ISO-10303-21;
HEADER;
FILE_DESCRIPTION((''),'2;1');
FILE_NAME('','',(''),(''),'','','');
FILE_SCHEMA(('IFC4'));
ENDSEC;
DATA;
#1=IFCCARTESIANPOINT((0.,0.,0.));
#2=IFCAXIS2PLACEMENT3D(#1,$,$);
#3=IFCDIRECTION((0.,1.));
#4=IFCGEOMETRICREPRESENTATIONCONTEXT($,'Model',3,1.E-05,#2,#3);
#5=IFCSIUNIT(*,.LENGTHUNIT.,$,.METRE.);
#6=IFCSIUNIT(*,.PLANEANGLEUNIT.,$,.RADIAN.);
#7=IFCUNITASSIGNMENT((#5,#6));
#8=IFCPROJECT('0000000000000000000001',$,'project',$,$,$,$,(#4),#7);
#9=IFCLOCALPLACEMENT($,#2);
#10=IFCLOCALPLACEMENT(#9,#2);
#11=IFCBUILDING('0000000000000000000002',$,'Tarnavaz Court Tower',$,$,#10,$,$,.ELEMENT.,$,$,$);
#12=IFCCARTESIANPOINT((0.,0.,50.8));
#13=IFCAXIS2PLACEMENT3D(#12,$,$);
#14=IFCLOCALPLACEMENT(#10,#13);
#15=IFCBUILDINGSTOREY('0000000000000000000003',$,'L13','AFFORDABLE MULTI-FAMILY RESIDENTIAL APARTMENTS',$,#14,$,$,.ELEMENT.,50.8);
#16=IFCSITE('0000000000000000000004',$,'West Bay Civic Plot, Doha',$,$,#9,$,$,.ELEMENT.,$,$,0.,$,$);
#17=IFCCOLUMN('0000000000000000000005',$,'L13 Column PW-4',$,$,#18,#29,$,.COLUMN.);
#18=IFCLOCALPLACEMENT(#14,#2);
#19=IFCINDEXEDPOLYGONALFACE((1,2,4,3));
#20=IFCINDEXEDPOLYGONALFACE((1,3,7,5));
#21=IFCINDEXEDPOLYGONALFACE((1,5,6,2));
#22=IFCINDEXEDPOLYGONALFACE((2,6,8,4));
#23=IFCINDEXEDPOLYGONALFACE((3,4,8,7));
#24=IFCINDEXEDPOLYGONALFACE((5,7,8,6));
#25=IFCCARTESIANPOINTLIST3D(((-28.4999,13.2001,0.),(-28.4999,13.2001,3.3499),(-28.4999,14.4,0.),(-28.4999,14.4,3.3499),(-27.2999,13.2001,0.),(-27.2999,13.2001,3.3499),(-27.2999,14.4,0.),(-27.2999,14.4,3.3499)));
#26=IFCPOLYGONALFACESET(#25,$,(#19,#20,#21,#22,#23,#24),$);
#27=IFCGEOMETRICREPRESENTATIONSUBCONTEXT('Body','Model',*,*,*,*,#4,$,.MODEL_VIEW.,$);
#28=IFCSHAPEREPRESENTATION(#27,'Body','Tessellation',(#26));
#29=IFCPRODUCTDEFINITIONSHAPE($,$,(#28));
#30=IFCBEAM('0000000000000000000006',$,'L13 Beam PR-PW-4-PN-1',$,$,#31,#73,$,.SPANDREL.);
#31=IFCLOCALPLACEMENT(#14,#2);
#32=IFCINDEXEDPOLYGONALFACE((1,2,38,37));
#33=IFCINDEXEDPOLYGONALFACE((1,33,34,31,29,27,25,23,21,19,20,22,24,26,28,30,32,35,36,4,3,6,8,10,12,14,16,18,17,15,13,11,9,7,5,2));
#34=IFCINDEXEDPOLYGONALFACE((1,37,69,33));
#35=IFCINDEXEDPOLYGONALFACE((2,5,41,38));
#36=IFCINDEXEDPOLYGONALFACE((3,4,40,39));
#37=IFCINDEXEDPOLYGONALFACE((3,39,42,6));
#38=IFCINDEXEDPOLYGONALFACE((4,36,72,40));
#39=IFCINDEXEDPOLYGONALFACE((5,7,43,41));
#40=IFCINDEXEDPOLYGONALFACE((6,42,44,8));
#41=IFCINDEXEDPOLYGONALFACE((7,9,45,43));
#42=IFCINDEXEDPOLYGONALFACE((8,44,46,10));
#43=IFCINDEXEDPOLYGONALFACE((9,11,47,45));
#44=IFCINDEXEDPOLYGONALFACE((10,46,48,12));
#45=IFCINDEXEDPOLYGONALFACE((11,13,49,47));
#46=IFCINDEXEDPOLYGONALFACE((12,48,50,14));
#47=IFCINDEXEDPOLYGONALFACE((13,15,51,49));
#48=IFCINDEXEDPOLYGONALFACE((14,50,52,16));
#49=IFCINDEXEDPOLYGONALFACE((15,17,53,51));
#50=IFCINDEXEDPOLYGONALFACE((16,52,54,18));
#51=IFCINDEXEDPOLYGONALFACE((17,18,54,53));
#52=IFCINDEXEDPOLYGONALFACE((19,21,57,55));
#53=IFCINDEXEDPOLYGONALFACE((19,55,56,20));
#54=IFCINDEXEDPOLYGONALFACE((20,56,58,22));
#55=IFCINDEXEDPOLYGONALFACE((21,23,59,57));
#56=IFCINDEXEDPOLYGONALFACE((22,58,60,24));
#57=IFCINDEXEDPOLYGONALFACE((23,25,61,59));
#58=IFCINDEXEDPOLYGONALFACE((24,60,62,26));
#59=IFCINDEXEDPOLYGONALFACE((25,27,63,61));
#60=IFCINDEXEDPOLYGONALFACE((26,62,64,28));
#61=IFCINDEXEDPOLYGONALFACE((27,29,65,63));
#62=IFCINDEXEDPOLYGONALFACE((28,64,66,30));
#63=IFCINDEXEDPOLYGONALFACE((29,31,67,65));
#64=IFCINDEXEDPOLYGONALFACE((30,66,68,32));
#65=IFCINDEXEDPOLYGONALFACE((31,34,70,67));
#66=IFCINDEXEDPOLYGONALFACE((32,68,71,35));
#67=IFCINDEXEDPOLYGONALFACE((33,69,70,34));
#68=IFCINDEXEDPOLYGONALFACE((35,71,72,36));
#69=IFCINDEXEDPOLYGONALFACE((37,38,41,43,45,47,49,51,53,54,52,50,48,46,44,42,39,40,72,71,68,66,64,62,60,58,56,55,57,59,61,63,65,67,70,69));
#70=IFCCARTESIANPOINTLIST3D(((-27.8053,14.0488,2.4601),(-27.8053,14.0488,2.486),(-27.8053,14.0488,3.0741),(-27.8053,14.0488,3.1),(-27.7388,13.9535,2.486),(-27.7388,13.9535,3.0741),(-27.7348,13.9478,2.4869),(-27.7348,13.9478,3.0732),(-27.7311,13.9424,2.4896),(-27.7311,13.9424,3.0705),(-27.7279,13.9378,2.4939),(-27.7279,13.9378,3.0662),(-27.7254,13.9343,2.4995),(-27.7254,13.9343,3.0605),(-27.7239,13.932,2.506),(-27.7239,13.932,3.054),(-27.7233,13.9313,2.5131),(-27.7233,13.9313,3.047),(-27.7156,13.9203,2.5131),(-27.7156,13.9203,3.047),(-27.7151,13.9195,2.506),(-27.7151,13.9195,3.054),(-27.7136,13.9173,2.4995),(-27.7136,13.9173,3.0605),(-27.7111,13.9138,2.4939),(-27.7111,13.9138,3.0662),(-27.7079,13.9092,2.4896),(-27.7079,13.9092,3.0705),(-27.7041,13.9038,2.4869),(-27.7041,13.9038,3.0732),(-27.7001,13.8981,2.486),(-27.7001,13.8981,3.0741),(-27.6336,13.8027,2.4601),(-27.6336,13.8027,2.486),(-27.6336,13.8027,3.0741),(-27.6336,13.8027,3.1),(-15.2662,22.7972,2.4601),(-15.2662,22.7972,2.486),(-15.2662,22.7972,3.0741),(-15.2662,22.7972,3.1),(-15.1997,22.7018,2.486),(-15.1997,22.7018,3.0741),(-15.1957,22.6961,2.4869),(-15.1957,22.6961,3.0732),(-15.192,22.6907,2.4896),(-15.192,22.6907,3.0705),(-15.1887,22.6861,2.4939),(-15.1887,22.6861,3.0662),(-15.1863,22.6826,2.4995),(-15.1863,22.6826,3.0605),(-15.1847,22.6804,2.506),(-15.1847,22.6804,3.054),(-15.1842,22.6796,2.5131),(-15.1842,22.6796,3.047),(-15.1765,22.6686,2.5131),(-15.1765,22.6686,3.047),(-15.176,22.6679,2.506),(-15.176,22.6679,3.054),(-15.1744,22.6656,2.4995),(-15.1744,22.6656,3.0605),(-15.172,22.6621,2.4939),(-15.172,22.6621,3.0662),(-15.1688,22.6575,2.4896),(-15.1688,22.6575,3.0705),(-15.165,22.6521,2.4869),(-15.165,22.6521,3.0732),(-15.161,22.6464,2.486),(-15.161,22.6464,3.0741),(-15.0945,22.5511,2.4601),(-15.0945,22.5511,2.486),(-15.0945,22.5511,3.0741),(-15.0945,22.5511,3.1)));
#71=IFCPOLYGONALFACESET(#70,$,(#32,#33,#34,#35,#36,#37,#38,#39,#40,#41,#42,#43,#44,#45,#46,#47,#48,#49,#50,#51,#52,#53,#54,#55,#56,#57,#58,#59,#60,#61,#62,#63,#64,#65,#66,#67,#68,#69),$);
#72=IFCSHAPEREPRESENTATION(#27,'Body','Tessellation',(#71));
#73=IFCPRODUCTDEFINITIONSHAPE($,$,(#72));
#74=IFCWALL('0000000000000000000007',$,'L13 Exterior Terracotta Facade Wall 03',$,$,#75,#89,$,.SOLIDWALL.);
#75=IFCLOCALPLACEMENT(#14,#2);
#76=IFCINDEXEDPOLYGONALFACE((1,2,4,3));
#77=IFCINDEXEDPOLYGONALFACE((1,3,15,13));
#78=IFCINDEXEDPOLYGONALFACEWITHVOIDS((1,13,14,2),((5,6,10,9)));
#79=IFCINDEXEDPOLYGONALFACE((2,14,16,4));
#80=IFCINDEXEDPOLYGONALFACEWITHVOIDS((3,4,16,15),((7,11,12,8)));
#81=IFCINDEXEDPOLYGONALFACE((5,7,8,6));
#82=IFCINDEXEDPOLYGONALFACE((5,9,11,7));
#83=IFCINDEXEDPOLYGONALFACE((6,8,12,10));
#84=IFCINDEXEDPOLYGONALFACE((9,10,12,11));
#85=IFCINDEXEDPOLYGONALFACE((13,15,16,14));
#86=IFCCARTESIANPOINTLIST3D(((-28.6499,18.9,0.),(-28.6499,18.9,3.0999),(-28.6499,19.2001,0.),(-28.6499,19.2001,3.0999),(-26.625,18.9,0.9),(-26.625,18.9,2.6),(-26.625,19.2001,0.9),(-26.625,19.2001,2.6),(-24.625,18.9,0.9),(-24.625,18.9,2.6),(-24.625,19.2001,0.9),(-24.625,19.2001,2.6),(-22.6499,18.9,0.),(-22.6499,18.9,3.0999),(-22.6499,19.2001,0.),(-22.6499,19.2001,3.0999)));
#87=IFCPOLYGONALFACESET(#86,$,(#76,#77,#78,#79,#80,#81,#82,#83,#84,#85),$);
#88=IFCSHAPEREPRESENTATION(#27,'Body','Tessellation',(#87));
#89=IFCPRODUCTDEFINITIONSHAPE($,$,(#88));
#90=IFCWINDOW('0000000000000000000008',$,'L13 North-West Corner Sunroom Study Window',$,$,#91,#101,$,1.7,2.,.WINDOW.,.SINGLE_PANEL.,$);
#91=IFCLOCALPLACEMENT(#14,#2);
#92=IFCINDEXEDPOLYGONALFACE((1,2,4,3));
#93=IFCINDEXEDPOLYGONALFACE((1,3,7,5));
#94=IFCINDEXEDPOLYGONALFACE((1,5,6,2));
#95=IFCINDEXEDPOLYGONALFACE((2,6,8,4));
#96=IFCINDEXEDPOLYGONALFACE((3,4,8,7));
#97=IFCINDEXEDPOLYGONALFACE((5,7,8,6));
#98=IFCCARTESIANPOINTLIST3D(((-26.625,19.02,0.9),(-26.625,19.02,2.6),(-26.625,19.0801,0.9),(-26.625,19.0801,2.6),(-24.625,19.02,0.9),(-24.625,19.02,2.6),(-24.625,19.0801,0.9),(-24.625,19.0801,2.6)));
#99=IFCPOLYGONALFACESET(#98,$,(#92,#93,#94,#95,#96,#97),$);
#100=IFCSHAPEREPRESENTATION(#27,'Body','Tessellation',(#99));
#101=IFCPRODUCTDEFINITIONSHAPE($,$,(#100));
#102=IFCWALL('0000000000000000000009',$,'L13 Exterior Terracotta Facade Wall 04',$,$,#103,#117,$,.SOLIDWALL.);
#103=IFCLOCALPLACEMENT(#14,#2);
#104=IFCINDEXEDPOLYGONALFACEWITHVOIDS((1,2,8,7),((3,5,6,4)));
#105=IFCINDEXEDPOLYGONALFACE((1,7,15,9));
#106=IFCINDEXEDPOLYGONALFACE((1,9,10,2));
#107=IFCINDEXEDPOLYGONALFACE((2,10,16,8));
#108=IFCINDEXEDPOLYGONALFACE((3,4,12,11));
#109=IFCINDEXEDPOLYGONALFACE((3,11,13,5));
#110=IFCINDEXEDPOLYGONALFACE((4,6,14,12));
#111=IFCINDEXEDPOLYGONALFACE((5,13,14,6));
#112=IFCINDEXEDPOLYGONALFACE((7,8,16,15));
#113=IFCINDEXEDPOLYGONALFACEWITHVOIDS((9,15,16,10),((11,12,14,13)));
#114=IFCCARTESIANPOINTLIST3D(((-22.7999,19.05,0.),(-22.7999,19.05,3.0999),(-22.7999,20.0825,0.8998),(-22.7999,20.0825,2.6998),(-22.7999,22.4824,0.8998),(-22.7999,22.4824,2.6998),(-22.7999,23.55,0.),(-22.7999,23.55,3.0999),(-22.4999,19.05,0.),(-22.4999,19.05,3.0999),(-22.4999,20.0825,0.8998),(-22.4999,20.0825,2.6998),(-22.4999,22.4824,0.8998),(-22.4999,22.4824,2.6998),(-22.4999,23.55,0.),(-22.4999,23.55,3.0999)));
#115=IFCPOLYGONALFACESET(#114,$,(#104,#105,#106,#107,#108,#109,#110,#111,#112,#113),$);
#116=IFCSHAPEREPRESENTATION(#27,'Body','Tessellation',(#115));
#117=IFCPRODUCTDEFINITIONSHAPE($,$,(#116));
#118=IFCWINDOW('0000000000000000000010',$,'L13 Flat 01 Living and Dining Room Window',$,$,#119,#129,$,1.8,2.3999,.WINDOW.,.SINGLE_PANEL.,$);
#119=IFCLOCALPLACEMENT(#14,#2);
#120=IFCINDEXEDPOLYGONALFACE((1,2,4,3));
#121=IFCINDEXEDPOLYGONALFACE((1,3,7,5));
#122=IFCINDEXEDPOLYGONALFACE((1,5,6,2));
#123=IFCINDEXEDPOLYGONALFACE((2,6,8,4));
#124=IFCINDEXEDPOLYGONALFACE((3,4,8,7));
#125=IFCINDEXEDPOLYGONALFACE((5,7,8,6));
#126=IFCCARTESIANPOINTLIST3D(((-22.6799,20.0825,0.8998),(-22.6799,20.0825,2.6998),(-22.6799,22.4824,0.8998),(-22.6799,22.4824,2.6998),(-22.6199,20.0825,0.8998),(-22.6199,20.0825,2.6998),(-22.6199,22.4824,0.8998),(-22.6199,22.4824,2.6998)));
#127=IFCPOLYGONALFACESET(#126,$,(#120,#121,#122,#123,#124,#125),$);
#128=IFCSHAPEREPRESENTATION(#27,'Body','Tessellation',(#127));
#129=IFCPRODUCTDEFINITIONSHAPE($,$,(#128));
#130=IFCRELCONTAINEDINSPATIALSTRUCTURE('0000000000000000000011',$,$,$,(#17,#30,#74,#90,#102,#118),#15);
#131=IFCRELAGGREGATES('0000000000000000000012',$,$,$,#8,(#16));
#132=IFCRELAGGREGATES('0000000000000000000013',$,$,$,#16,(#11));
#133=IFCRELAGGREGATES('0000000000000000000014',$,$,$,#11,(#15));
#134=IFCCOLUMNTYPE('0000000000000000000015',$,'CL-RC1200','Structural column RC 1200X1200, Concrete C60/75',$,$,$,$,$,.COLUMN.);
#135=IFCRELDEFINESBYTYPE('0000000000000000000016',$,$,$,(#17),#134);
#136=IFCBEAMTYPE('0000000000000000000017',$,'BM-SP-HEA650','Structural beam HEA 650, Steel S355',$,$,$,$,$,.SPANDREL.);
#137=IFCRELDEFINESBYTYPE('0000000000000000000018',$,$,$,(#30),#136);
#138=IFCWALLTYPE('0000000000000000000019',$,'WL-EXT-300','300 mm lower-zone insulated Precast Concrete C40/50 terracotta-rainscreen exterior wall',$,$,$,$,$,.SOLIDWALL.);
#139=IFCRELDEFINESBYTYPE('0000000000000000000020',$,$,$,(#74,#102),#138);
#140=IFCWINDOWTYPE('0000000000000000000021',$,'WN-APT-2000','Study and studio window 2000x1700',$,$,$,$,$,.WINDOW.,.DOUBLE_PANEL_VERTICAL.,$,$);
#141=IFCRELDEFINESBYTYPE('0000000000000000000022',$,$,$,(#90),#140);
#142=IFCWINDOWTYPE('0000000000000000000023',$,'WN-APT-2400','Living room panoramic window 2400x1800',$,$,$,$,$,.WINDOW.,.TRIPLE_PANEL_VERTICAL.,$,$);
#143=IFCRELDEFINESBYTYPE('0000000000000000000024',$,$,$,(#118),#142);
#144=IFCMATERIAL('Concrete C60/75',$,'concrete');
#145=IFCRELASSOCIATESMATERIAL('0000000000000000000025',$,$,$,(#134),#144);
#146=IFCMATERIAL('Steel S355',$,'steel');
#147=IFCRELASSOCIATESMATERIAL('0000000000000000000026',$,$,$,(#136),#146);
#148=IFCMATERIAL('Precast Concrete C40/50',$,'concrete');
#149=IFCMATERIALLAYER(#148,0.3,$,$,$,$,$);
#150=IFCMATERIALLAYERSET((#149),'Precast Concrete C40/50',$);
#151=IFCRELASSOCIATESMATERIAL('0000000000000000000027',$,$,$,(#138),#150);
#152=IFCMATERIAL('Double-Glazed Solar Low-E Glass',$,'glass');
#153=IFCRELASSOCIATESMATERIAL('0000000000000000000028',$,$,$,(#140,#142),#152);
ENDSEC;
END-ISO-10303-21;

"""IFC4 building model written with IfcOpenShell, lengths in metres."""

from ifc_helpers import new_model, si_unit, direction, frame, frame_2d, origin, origin_2d, place, context, subcontext, project, spatial, rectangle, i_section, extrude, material, layer, layer_set, material_profile, profile_set, type_object, element, fill, save


model = new_model("IFC4")

# Units and contexts
model_context = context("Model", 3, precision=1e-05, world=origin(), true_north=direction((0.0, 1.0)))
body_context = subcontext(model_context, "Body", "Model", "MODEL_VIEW")
ifc_project = project(units=[si_unit("LENGTHUNIT", "METRE"), si_unit("PLANEANGLEUNIT", "RADIAN")], contexts=[model_context])

# Site, building, storey
site_placement = place(None, origin())
site = spatial("IfcSite", under=ifc_project, at=site_placement, Name="West Bay Civic Plot, Doha", CompositionType="ELEMENT", RefElevation=0.0)
building_placement = place(site_placement, origin())
building = spatial("IfcBuilding", under=site, at=building_placement, Name="Tarnavaz Court Tower", CompositionType="ELEMENT")
storey_placement = place(building_placement, frame((0.0, 0.0, 50.8)))
storey = spatial("IfcBuildingStorey", under=building, at=storey_placement, Name="L13", Description="AFFORDABLE MULTI-FAMILY RESIDENTIAL APARTMENTS", CompositionType="ELEMENT", Elevation=50.8)

# Column
ifc_material_1 = material(Name="Concrete C60/75", Category="concrete")
ifc_material_profile_1 = material_profile(ifc_material_1, rectangle(XDim=1.2, YDim=1.2, at=origin_2d()), Name="RC 1200X1200")
ifc_profile_set_1 = profile_set([ifc_material_profile_1], Name="Concrete C60/75")
column_type = type_object("IfcColumnType", Name="CL-RC1200", Description="Structural column RC 1200X1200, Concrete C60/75", PredefinedType="COLUMN", material=ifc_profile_set_1)
column_placement = place(storey_placement, frame((-27.8999, 13.8, 0.0), z_axis=(0.0, 0.0, 1.0), x_axis=(1.0, 0.0, 0.0)))
element("IfcColumn", 1, at=column_placement, inside=storey, type_object=column_type, Name="L13 Column PW-4", PredefinedType="COLUMN", context=body_context, shape_type="SweptSolid", body=[
    extrude(rectangle(XDim=1.2, YDim=1.2, at=origin_2d()), origin(), (0.0, 0.0, 1.0), 3.3499),
])

# Beam
ifc_material_2 = material(Name="Steel S355", Category="steel")
ifc_material_profile_2 = material_profile(ifc_material_2, i_section(OverallWidth=0.3, OverallDepth=0.6399, WebThickness=0.0134, FlangeThickness=0.0259, FilletRadius=0.0271, at=origin_2d()), Name="HEA 650")
ifc_profile_set_2 = profile_set([ifc_material_profile_2], Name="Steel S355")
beam_type = type_object("IfcBeamType", Name="BM-SP-HEA650", Description="Structural beam HEA 650, Steel S355", PredefinedType="SPANDREL", material=ifc_profile_set_2)
beam_placement = place(storey_placement, frame((-27.7195, 13.9258, 2.78), z_axis=(0.820124, 0.572186, 0.0), x_axis=(-0.572186, 0.820124, 0.0)))
element("IfcBeam", 2, at=beam_placement, inside=storey, type_object=beam_type, Name="L13 Beam PR-PW-4-PN-1", PredefinedType="SPANDREL", context=body_context, shape_type="SweptSolid", body=[
    extrude(i_section(OverallWidth=0.3, OverallDepth=0.6399, WebThickness=0.0134, FlangeThickness=0.0259, FilletRadius=0.0271, at=origin_2d()), origin(), (0.0, 0.0, 1.0), 15.2893),
])

# Walls, openings, windows
ifc_material_3 = material(Name="Precast Concrete C40/50", Category="concrete")
ifc_layer_1 = layer(ifc_material_3, 0.3)
ifc_layer_set_1 = layer_set([ifc_layer_1], Name="Precast Concrete C40/50")
wall_type_1 = type_object("IfcWallType", Name="WL-EXT-300", Description="300 mm lower-zone insulated Precast Concrete C40/50 terracotta-rainscreen exterior wall", PredefinedType="SOLIDWALL", material=ifc_layer_set_1)
wall_1_placement = place(storey_placement, frame((-28.6499, 19.05, 0.0), z_axis=(0.0, 0.0, 1.0), x_axis=(1.0, 0.0, 0.0)))
wall_1 = element("IfcWall", 3, at=wall_1_placement, inside=storey, type_object=wall_type_1, Name="L13 Exterior Terracotta Facade Wall 03", PredefinedType="SOLIDWALL", context=body_context, shape_type="SweptSolid", body=[
    extrude(rectangle(XDim=6.0, YDim=0.3, at=frame_2d((3.0, 0.0))), origin(), (0.0, 0.0, 1.0), 3.0999),
])
opening_1_placement = place(wall_1_placement, frame((2.0249, 0.0, 0.8999)))
opening_1 = element("IfcOpeningElement", 4, at=opening_1_placement, cuts=wall_1, PredefinedType="OPENING", context=body_context, shape_type="SweptSolid", body=[
    extrude(rectangle(XDim=2.0, YDim=1.7, at=frame_2d((1.0, 0.8501))), frame((0.0, 0.1599, 0.0), z_axis=(0.0, -1.0, 0.0), x_axis=(1.0, 0.0, 0.0)), (0.0, 0.0, 1.0), 0.3201),
])
ifc_material_4 = material(Name="Double-Glazed Solar Low-E Glass", Category="glass")
window_type_1 = type_object("IfcWindowType", Name="WN-APT-2000", Description="Study and studio window 2000x1700", PartitioningType="DOUBLE_PANEL_VERTICAL", PredefinedType="WINDOW", material=ifc_material_4)
window_1_placement = place(opening_1_placement, origin())
window_1 = element("IfcWindow", 5, at=window_1_placement, inside=storey, type_object=window_type_1, Name="L13 North-West Corner Sunroom Study Window", OverallHeight=1.7, OverallWidth=2.0, PartitioningType="SINGLE_PANEL", PredefinedType="WINDOW", context=body_context, shape_type="SweptSolid", body=[
    extrude(rectangle(XDim=2.0, YDim=1.7, at=frame_2d((1.0, 0.8501))), frame((0.0, 0.03, 0.0), z_axis=(0.0, -1.0, 0.0), x_axis=(1.0, 0.0, 0.0)), (0.0, 0.0, 1.0), 0.0601),
])
fill(opening_1, window_1)
wall_2_placement = place(storey_placement, frame((-22.6499, 19.05, 0.0), z_axis=(0.0, 0.0, 1.0), x_axis=(0.0, 1.0, 0.0)))
wall_2 = element("IfcWall", 6, at=wall_2_placement, inside=storey, type_object=wall_type_1, Name="L13 Exterior Terracotta Facade Wall 04", PredefinedType="SOLIDWALL", context=body_context, shape_type="SweptSolid", body=[
    extrude(rectangle(XDim=4.5, YDim=0.3, at=frame_2d((2.25, 0.0))), origin(), (0.0, 0.0, 1.0), 3.0999),
])
opening_2_placement = place(wall_2_placement, frame((1.0325, 0.0, 0.8999)))
opening_2 = element("IfcOpeningElement", 7, at=opening_2_placement, cuts=wall_2, PredefinedType="OPENING", context=body_context, shape_type="SweptSolid", body=[
    extrude(rectangle(XDim=2.3999, YDim=1.8, at=frame_2d((1.2, 0.8999))), frame((0.0, 0.1599, 0.0), z_axis=(0.0, -1.0, 0.0), x_axis=(1.0, 0.0, 0.0)), (0.0, 0.0, 1.0), 0.3201),
])
window_type_2 = type_object("IfcWindowType", Name="WN-APT-2400", Description="Living room panoramic window 2400x1800", PartitioningType="TRIPLE_PANEL_VERTICAL", PredefinedType="WINDOW", material=ifc_material_4)
window_2_placement = place(opening_2_placement, origin())
window_2 = element("IfcWindow", 8, at=window_2_placement, inside=storey, type_object=window_type_2, Name="L13 Flat 01 Living and Dining Room Window", OverallHeight=1.8, OverallWidth=2.3999, PartitioningType="SINGLE_PANEL", PredefinedType="WINDOW", context=body_context, shape_type="SweptSolid", body=[
    extrude(rectangle(XDim=2.3999, YDim=1.8, at=frame_2d((1.2, 0.8999))), frame((0.0, 0.03, 0.0), z_axis=(0.0, -1.0, 0.0), x_axis=(1.0, 0.0, 0.0)), (0.0, 0.0, 1.0), 0.0601),
])
fill(opening_2, window_2)

save(model, "model.ifc")
